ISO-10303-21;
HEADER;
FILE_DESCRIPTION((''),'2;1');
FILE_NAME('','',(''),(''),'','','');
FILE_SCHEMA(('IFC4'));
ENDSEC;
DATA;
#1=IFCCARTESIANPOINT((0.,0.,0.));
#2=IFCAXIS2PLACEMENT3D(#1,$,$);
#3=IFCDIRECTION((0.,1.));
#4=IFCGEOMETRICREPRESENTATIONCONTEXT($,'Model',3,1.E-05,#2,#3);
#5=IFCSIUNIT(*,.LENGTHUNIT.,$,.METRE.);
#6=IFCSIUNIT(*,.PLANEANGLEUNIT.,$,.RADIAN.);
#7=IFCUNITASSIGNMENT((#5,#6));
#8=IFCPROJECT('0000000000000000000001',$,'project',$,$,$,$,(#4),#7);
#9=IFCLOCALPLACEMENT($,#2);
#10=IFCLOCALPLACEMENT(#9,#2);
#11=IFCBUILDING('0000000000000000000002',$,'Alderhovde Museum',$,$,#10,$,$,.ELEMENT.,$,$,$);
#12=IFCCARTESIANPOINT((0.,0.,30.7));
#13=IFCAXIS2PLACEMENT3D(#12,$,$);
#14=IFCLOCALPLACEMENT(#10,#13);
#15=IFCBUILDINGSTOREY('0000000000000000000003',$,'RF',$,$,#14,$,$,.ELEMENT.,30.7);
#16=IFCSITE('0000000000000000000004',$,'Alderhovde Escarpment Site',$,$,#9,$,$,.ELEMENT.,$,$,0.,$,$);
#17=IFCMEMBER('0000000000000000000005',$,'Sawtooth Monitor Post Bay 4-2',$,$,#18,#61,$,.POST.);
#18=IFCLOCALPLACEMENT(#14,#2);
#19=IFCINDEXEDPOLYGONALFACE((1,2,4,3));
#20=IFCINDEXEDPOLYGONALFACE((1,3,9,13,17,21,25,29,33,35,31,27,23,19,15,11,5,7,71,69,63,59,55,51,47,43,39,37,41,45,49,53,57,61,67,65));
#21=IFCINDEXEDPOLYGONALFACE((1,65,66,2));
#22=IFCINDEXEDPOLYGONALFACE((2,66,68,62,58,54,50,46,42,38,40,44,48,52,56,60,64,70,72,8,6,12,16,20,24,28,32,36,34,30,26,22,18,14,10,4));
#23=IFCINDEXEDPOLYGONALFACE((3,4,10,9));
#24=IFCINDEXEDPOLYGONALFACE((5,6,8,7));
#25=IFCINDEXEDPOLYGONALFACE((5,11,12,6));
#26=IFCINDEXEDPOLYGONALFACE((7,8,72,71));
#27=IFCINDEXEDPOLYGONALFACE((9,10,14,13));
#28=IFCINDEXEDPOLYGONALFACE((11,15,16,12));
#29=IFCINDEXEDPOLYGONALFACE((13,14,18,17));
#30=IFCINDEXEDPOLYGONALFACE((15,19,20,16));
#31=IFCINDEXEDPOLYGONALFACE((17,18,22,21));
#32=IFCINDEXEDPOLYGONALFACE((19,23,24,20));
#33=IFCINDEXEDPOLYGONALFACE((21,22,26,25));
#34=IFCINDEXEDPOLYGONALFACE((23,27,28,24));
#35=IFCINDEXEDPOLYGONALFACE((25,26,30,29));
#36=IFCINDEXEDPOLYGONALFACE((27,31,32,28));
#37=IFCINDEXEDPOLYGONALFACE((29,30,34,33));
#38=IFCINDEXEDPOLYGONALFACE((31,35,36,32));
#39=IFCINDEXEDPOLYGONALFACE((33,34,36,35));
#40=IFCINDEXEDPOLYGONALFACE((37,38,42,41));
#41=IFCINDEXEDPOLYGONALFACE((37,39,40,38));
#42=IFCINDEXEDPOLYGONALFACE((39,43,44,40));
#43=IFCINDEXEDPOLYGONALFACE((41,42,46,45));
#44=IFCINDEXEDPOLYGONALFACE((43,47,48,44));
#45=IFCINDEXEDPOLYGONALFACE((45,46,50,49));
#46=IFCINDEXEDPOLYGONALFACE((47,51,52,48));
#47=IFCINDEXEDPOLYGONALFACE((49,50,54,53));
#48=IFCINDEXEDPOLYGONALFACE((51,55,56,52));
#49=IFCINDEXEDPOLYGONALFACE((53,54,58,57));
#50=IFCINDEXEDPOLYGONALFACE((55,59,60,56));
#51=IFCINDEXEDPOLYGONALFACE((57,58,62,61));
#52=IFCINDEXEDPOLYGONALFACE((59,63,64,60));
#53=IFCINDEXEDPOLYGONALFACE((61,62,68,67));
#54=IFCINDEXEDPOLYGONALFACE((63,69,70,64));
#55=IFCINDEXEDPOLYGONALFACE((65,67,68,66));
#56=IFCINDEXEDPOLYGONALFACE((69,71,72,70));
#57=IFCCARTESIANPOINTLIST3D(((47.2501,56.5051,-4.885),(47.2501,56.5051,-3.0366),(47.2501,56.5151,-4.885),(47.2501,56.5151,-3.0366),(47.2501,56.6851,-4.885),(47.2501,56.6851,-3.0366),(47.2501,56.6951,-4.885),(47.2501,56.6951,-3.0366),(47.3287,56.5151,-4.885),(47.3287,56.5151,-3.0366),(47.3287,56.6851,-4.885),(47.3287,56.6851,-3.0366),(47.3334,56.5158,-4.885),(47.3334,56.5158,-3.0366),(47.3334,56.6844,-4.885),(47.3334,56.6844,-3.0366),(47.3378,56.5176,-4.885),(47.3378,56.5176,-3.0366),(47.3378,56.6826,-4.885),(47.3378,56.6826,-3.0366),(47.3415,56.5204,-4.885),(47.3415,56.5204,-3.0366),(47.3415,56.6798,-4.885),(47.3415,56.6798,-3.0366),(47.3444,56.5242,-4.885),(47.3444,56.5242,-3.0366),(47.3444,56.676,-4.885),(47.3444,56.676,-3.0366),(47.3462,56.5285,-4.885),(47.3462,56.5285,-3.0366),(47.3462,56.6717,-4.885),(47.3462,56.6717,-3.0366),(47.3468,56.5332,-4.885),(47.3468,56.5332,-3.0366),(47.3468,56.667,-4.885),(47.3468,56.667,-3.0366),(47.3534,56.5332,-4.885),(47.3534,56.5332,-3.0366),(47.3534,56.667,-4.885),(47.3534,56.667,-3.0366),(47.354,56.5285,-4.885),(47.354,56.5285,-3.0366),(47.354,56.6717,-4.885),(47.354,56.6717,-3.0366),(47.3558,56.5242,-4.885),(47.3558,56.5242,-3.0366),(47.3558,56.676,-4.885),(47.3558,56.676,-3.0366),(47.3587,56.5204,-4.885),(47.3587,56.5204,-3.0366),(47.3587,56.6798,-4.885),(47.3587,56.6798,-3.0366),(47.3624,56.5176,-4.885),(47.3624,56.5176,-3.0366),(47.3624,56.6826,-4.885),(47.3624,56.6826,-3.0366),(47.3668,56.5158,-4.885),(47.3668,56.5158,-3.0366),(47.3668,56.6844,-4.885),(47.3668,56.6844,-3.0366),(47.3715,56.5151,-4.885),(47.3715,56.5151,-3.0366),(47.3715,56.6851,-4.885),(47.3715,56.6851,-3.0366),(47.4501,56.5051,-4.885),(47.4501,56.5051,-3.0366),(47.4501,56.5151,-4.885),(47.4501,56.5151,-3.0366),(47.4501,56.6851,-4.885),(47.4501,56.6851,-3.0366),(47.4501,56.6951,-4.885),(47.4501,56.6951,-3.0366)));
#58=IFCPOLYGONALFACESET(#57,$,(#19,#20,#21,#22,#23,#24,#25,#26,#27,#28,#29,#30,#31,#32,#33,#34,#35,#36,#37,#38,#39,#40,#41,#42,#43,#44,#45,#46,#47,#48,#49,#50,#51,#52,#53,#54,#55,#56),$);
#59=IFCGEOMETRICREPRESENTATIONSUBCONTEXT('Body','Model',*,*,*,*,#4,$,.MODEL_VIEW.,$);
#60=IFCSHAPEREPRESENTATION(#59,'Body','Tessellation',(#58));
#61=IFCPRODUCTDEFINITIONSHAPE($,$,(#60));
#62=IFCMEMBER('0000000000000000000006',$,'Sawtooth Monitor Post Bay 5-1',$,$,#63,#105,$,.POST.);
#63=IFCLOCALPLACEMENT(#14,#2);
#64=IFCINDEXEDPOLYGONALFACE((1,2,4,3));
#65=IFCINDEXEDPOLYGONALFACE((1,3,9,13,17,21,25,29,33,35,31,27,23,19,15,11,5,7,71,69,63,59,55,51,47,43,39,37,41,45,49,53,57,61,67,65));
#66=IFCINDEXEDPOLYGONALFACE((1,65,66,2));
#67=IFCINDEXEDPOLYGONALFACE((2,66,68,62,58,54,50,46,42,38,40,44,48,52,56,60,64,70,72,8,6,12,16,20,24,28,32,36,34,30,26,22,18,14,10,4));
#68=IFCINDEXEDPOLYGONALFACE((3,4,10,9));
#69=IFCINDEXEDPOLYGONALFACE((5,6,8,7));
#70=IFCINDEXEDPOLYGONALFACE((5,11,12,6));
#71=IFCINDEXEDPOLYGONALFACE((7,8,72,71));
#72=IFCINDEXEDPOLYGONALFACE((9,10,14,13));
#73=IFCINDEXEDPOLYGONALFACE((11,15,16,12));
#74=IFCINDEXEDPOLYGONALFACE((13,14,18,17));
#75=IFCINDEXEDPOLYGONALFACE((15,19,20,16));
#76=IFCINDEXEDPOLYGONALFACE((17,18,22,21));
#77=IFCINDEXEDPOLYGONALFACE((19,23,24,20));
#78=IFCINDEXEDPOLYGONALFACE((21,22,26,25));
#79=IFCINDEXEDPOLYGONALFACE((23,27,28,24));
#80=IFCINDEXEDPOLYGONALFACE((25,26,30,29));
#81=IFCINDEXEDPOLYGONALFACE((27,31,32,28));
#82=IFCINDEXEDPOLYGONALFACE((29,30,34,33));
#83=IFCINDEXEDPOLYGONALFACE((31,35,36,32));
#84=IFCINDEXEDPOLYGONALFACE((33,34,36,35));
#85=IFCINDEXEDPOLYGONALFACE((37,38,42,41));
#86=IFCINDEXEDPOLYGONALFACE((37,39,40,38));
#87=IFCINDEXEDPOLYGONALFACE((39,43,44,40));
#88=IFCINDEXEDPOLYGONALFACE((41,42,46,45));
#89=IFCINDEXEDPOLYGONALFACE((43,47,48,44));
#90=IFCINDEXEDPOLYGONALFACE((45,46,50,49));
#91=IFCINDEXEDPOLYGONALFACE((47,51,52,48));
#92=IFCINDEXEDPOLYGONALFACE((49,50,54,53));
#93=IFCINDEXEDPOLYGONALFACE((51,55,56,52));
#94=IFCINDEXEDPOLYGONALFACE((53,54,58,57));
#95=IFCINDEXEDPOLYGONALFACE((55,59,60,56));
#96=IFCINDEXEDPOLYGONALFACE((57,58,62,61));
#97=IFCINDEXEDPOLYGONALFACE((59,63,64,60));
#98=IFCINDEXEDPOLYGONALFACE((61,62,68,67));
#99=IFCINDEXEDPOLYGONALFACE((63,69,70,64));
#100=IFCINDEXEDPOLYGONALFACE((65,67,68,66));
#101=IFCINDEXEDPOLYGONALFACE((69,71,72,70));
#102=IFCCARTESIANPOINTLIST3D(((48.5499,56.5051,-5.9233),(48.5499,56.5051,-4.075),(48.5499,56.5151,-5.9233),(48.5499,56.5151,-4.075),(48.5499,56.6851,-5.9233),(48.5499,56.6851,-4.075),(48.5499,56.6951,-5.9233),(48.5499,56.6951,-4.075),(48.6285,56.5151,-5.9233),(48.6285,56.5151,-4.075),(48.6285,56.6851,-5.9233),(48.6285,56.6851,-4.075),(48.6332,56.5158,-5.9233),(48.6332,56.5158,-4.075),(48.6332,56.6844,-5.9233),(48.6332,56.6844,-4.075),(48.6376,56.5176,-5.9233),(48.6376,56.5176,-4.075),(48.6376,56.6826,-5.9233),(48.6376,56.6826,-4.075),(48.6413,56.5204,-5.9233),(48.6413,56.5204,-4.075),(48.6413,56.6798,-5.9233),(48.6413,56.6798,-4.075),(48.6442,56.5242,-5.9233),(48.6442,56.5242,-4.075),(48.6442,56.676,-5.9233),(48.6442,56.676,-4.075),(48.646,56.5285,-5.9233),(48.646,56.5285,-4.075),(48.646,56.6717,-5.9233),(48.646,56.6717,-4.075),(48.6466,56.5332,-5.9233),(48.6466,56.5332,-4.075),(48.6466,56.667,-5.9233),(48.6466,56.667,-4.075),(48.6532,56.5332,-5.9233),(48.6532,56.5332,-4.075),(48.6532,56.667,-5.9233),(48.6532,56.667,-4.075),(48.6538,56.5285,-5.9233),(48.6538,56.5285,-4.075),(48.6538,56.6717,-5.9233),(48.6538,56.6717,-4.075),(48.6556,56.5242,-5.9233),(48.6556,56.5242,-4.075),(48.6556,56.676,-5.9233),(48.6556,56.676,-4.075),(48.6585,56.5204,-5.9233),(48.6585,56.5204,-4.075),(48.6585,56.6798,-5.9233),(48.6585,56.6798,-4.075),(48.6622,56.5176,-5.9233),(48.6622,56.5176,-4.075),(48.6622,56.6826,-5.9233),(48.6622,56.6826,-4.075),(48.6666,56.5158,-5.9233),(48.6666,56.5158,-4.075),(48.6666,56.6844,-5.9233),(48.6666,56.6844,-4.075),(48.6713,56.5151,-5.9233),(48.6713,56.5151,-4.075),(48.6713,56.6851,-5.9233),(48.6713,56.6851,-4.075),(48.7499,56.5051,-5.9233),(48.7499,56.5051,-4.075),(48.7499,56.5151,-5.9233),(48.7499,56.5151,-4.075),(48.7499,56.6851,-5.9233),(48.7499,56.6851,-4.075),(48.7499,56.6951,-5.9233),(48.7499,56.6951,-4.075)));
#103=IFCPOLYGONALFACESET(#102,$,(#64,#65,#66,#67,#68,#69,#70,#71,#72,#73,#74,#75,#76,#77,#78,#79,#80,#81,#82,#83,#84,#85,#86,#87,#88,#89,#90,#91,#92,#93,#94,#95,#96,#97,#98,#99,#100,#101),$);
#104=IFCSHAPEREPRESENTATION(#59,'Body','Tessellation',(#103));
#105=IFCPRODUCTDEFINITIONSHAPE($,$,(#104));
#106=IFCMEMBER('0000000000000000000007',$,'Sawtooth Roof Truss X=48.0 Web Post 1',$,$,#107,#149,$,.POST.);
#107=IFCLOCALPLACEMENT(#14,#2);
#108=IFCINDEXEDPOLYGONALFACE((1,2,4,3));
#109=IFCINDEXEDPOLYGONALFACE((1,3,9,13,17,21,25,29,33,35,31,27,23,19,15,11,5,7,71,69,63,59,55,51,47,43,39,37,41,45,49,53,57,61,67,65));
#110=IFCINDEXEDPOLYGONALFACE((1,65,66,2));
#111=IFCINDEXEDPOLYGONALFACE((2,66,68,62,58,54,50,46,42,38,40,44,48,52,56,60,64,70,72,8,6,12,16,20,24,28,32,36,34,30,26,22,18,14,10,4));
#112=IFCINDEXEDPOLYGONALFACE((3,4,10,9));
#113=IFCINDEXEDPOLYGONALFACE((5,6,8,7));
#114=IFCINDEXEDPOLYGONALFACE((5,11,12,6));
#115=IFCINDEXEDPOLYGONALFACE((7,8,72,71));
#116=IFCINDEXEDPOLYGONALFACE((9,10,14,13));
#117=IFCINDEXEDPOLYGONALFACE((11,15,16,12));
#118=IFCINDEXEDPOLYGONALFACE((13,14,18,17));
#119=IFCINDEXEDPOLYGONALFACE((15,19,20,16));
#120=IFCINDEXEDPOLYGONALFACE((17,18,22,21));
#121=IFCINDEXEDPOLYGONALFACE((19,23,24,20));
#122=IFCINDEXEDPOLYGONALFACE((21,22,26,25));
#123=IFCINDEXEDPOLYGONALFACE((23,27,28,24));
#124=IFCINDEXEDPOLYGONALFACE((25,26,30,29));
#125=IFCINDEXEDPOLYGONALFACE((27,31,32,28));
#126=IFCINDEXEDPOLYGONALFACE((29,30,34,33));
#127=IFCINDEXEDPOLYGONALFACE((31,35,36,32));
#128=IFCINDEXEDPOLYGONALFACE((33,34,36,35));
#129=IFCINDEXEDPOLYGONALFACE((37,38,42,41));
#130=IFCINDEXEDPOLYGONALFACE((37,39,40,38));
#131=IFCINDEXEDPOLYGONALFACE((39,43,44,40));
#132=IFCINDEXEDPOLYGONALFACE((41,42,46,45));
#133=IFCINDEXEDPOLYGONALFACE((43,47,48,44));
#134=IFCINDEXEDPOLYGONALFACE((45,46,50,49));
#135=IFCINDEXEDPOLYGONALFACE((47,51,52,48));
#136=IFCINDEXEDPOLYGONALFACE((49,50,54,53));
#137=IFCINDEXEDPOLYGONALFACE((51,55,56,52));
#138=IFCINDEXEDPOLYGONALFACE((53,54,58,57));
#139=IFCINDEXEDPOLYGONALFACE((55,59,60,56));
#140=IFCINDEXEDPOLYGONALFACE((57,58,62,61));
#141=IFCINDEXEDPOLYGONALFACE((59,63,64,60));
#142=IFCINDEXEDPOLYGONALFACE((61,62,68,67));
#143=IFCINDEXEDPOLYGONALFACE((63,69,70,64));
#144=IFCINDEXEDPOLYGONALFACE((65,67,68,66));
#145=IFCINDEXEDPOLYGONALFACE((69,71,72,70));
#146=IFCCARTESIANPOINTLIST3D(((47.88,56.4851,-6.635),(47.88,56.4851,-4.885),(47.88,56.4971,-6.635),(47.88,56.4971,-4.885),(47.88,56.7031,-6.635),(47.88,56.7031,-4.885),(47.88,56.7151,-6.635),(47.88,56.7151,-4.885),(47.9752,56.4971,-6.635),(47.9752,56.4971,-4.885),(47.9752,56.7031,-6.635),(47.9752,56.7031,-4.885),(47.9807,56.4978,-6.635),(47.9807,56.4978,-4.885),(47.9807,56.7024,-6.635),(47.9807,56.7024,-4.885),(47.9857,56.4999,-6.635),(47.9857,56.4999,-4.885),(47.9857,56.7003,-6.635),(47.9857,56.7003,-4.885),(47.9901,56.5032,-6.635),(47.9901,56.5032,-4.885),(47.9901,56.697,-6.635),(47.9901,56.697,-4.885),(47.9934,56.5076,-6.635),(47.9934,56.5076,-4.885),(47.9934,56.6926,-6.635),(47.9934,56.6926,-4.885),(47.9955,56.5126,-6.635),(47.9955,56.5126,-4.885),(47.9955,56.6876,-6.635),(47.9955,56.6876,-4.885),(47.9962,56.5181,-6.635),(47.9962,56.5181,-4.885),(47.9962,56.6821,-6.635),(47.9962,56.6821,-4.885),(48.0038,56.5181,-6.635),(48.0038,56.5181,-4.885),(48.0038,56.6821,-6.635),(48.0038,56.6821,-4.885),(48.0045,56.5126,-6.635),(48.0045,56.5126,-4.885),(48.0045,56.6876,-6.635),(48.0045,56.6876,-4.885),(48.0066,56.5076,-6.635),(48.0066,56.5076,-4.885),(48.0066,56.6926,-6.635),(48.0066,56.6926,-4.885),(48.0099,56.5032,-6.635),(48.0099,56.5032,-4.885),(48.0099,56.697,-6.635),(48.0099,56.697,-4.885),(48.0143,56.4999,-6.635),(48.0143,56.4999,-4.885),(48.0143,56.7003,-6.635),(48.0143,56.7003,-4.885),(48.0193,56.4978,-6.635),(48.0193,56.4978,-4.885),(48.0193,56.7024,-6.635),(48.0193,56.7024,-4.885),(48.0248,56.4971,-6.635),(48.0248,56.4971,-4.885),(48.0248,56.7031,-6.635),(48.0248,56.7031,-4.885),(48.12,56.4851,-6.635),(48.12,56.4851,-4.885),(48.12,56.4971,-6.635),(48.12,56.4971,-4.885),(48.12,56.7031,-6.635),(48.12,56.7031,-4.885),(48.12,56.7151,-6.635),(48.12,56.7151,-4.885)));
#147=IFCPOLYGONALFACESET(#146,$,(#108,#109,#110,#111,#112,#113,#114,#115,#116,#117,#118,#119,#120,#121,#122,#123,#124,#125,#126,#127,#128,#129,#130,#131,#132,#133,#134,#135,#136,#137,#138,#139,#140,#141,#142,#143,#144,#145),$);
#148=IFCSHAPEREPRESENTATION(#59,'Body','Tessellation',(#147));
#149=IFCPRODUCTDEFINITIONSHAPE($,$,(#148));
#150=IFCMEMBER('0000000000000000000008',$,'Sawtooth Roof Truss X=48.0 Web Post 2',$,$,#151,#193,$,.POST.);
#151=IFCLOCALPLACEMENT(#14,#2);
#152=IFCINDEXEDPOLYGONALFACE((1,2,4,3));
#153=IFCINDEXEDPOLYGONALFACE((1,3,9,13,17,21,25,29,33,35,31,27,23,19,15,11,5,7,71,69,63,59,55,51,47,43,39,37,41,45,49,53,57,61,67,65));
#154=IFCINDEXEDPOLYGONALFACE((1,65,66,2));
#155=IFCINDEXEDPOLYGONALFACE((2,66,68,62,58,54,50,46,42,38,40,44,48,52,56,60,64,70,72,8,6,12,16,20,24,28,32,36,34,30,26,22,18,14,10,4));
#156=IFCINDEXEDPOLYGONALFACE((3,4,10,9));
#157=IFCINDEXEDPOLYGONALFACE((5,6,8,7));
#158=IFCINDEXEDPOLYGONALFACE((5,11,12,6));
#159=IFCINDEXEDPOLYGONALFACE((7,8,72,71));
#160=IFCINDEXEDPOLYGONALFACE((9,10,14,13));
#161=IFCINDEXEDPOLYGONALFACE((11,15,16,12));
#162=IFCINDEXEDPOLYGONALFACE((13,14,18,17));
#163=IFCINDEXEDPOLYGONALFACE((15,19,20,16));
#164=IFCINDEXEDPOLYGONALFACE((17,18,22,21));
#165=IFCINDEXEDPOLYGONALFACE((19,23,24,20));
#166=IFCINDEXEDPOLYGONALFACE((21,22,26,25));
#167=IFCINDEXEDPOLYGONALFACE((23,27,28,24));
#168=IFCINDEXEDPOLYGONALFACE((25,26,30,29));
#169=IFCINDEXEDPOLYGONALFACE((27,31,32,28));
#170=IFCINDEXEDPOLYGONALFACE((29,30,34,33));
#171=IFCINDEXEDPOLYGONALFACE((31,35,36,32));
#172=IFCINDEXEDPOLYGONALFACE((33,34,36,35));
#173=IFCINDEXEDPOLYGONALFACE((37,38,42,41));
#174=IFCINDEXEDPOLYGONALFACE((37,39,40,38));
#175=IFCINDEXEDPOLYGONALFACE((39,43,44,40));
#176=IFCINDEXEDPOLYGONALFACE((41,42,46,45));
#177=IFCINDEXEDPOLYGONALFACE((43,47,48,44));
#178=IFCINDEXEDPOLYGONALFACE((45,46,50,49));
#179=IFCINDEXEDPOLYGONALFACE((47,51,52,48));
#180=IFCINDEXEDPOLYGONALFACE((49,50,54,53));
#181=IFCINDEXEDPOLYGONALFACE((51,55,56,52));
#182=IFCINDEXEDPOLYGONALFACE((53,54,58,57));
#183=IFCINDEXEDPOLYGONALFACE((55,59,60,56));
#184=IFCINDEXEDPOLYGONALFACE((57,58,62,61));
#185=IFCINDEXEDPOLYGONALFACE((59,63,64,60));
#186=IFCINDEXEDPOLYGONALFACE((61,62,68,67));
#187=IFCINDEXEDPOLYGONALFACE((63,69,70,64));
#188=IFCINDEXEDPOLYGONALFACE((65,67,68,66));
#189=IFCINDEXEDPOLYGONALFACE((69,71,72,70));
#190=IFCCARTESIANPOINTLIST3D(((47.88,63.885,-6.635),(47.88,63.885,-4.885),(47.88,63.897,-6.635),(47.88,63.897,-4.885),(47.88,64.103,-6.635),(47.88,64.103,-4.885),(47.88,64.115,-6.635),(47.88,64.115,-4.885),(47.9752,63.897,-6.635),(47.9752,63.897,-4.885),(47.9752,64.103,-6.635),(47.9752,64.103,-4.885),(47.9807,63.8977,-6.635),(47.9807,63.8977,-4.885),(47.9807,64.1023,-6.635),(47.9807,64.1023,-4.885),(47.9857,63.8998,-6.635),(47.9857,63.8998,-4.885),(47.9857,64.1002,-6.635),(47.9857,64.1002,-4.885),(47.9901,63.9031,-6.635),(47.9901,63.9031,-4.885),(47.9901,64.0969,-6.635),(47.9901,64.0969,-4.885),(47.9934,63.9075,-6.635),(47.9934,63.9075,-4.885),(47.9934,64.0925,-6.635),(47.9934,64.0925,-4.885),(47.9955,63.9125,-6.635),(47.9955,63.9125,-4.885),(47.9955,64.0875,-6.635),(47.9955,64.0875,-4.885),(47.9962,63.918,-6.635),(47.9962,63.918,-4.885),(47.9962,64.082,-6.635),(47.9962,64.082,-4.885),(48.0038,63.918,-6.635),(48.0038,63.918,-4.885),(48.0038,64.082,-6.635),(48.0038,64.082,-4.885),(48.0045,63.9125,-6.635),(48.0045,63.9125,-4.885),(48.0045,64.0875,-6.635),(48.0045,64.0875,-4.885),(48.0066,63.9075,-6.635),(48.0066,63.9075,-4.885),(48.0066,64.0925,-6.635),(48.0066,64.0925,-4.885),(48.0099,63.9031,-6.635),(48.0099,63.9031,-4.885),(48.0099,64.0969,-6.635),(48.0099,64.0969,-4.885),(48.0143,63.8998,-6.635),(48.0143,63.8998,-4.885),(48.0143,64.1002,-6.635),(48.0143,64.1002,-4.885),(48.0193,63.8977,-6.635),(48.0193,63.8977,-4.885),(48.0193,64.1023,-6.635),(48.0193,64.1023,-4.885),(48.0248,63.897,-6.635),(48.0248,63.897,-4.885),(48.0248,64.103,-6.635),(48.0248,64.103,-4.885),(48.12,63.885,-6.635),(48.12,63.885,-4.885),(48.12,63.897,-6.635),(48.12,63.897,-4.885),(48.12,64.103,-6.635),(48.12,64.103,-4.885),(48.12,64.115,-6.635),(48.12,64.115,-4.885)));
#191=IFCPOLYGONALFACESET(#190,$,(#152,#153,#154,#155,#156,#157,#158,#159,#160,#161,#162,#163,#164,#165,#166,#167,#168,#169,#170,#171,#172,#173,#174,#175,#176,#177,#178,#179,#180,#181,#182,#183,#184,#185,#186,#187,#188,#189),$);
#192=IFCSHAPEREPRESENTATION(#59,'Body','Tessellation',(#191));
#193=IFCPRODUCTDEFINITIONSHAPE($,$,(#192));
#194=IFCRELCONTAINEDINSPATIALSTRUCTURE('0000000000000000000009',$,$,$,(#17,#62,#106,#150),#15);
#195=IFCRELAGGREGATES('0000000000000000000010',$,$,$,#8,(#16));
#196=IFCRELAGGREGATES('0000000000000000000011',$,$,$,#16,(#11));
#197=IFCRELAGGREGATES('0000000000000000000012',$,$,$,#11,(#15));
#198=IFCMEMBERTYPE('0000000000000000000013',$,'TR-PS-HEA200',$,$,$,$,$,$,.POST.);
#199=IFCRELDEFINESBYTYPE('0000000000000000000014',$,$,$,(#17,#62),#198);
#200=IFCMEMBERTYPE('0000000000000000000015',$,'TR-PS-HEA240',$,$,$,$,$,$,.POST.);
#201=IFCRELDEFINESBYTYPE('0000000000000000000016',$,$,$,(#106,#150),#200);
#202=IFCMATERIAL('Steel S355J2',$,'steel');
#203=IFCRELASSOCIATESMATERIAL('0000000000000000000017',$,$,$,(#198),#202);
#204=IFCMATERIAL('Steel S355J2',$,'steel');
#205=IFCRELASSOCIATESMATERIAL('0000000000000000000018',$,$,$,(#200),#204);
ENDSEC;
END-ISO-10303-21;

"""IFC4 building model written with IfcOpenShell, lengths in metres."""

from ifc_helpers import new_model, si_unit, direction, frame, origin, origin_2d, place, context, subcontext, project, spatial, i_section, extrude, material, material_profile, profile_set, type_object, element, save


model = new_model("IFC4")

# Units and contexts
model_context = context("Model", 3, precision=1e-05, world=origin(), true_north=direction((0.0, 1.0)))
body_context = subcontext(model_context, "Body", "Model", "MODEL_VIEW")
ifc_project = project(units=[si_unit("LENGTHUNIT", "METRE"), si_unit("PLANEANGLEUNIT", "RADIAN")], contexts=[model_context])

# Site, building, storey
site_placement = place(None, origin())
site = spatial("IfcSite", under=ifc_project, at=site_placement, Name="Alderhovde Escarpment Site", CompositionType="ELEMENT", RefElevation=0.0)
building_placement = place(site_placement, origin())
building = spatial("IfcBuilding", under=site, at=building_placement, Name="Alderhovde Museum", CompositionType="ELEMENT")
storey_placement = place(building_placement, frame((0.0, 0.0, 30.7)))
storey = spatial("IfcBuildingStorey", under=building, at=storey_placement, Name="RF", CompositionType="ELEMENT", Elevation=30.7)

# Members
ifc_material_1 = material(Name="Steel S355J2", Category="steel")
ifc_material_profile_1 = material_profile(ifc_material_1, i_section(OverallWidth=0.2, OverallDepth=0.1899, WebThickness=0.0066, FlangeThickness=0.01, FilletRadius=0.0181, at=origin_2d()), Name="HEA 200")
ifc_profile_set_1 = profile_set([ifc_material_profile_1], Name="Steel S355J2")
member_type_1 = type_object("IfcMemberType", Name="TR-PS-HEA200", PredefinedType="POST", material=ifc_profile_set_1)
for number, where, z_axis, x_axis, name in (
    (1, (47.3501, 56.6001, -4.885), (0.0, 0.0, 1.0), (1.0, 0.0, 0.0), "Sawtooth Monitor Post Bay 4-2"),
    (2, (48.6499, 56.6001, -5.9233), (0.0, 0.0, 1.0), (1.0, 0.0, 0.0), "Sawtooth Monitor Post Bay 5-1"),
):
    element("IfcMember", number, at=place(storey_placement, frame(where, z_axis=z_axis, x_axis=x_axis)), inside=storey, type_object=member_type_1, Name=name, PredefinedType="POST", context=body_context, shape_type="SweptSolid", body=[
        extrude(i_section(OverallWidth=0.2, OverallDepth=0.1899, WebThickness=0.0066, FlangeThickness=0.01, FilletRadius=0.0181, at=origin_2d()), origin(), (0.0, 0.0, 1.0), 1.8484),
    ])
ifc_material_2 = material(Name="Steel S355J2", Category="steel")
ifc_material_profile_2 = material_profile(ifc_material_2, i_section(OverallWidth=0.24, OverallDepth=0.23, WebThickness=0.0076, FlangeThickness=0.012, FilletRadius=0.021, at=origin_2d()), Name="HEA 240")
ifc_profile_set_2 = profile_set([ifc_material_profile_2], Name="Steel S355J2")
member_type_2 = type_object("IfcMemberType", Name="TR-PS-HEA240", PredefinedType="POST", material=ifc_profile_set_2)
for number, where, z_axis, x_axis, name in (
    (3, (48.0, 56.6001, -6.635), (0.0, 0.0, 1.0), (1.0, 0.0, 0.0), "Sawtooth Roof Truss X=48.0 Web Post 1"),
    (4, (48.0, 64.0, -6.635), (0.0, 0.0, 1.0), (1.0, 0.0, 0.0), "Sawtooth Roof Truss X=48.0 Web Post 2"),
):
    element("IfcMember", number, at=place(storey_placement, frame(where, z_axis=z_axis, x_axis=x_axis)), inside=storey, type_object=member_type_2, Name=name, PredefinedType="POST", context=body_context, shape_type="SweptSolid", body=[
        extrude(i_section(OverallWidth=0.24, OverallDepth=0.23, WebThickness=0.0076, FlangeThickness=0.012, FilletRadius=0.021, at=origin_2d()), origin(), (0.0, 0.0, 1.0), 1.75),
    ])

save(model, "model.ifc")
